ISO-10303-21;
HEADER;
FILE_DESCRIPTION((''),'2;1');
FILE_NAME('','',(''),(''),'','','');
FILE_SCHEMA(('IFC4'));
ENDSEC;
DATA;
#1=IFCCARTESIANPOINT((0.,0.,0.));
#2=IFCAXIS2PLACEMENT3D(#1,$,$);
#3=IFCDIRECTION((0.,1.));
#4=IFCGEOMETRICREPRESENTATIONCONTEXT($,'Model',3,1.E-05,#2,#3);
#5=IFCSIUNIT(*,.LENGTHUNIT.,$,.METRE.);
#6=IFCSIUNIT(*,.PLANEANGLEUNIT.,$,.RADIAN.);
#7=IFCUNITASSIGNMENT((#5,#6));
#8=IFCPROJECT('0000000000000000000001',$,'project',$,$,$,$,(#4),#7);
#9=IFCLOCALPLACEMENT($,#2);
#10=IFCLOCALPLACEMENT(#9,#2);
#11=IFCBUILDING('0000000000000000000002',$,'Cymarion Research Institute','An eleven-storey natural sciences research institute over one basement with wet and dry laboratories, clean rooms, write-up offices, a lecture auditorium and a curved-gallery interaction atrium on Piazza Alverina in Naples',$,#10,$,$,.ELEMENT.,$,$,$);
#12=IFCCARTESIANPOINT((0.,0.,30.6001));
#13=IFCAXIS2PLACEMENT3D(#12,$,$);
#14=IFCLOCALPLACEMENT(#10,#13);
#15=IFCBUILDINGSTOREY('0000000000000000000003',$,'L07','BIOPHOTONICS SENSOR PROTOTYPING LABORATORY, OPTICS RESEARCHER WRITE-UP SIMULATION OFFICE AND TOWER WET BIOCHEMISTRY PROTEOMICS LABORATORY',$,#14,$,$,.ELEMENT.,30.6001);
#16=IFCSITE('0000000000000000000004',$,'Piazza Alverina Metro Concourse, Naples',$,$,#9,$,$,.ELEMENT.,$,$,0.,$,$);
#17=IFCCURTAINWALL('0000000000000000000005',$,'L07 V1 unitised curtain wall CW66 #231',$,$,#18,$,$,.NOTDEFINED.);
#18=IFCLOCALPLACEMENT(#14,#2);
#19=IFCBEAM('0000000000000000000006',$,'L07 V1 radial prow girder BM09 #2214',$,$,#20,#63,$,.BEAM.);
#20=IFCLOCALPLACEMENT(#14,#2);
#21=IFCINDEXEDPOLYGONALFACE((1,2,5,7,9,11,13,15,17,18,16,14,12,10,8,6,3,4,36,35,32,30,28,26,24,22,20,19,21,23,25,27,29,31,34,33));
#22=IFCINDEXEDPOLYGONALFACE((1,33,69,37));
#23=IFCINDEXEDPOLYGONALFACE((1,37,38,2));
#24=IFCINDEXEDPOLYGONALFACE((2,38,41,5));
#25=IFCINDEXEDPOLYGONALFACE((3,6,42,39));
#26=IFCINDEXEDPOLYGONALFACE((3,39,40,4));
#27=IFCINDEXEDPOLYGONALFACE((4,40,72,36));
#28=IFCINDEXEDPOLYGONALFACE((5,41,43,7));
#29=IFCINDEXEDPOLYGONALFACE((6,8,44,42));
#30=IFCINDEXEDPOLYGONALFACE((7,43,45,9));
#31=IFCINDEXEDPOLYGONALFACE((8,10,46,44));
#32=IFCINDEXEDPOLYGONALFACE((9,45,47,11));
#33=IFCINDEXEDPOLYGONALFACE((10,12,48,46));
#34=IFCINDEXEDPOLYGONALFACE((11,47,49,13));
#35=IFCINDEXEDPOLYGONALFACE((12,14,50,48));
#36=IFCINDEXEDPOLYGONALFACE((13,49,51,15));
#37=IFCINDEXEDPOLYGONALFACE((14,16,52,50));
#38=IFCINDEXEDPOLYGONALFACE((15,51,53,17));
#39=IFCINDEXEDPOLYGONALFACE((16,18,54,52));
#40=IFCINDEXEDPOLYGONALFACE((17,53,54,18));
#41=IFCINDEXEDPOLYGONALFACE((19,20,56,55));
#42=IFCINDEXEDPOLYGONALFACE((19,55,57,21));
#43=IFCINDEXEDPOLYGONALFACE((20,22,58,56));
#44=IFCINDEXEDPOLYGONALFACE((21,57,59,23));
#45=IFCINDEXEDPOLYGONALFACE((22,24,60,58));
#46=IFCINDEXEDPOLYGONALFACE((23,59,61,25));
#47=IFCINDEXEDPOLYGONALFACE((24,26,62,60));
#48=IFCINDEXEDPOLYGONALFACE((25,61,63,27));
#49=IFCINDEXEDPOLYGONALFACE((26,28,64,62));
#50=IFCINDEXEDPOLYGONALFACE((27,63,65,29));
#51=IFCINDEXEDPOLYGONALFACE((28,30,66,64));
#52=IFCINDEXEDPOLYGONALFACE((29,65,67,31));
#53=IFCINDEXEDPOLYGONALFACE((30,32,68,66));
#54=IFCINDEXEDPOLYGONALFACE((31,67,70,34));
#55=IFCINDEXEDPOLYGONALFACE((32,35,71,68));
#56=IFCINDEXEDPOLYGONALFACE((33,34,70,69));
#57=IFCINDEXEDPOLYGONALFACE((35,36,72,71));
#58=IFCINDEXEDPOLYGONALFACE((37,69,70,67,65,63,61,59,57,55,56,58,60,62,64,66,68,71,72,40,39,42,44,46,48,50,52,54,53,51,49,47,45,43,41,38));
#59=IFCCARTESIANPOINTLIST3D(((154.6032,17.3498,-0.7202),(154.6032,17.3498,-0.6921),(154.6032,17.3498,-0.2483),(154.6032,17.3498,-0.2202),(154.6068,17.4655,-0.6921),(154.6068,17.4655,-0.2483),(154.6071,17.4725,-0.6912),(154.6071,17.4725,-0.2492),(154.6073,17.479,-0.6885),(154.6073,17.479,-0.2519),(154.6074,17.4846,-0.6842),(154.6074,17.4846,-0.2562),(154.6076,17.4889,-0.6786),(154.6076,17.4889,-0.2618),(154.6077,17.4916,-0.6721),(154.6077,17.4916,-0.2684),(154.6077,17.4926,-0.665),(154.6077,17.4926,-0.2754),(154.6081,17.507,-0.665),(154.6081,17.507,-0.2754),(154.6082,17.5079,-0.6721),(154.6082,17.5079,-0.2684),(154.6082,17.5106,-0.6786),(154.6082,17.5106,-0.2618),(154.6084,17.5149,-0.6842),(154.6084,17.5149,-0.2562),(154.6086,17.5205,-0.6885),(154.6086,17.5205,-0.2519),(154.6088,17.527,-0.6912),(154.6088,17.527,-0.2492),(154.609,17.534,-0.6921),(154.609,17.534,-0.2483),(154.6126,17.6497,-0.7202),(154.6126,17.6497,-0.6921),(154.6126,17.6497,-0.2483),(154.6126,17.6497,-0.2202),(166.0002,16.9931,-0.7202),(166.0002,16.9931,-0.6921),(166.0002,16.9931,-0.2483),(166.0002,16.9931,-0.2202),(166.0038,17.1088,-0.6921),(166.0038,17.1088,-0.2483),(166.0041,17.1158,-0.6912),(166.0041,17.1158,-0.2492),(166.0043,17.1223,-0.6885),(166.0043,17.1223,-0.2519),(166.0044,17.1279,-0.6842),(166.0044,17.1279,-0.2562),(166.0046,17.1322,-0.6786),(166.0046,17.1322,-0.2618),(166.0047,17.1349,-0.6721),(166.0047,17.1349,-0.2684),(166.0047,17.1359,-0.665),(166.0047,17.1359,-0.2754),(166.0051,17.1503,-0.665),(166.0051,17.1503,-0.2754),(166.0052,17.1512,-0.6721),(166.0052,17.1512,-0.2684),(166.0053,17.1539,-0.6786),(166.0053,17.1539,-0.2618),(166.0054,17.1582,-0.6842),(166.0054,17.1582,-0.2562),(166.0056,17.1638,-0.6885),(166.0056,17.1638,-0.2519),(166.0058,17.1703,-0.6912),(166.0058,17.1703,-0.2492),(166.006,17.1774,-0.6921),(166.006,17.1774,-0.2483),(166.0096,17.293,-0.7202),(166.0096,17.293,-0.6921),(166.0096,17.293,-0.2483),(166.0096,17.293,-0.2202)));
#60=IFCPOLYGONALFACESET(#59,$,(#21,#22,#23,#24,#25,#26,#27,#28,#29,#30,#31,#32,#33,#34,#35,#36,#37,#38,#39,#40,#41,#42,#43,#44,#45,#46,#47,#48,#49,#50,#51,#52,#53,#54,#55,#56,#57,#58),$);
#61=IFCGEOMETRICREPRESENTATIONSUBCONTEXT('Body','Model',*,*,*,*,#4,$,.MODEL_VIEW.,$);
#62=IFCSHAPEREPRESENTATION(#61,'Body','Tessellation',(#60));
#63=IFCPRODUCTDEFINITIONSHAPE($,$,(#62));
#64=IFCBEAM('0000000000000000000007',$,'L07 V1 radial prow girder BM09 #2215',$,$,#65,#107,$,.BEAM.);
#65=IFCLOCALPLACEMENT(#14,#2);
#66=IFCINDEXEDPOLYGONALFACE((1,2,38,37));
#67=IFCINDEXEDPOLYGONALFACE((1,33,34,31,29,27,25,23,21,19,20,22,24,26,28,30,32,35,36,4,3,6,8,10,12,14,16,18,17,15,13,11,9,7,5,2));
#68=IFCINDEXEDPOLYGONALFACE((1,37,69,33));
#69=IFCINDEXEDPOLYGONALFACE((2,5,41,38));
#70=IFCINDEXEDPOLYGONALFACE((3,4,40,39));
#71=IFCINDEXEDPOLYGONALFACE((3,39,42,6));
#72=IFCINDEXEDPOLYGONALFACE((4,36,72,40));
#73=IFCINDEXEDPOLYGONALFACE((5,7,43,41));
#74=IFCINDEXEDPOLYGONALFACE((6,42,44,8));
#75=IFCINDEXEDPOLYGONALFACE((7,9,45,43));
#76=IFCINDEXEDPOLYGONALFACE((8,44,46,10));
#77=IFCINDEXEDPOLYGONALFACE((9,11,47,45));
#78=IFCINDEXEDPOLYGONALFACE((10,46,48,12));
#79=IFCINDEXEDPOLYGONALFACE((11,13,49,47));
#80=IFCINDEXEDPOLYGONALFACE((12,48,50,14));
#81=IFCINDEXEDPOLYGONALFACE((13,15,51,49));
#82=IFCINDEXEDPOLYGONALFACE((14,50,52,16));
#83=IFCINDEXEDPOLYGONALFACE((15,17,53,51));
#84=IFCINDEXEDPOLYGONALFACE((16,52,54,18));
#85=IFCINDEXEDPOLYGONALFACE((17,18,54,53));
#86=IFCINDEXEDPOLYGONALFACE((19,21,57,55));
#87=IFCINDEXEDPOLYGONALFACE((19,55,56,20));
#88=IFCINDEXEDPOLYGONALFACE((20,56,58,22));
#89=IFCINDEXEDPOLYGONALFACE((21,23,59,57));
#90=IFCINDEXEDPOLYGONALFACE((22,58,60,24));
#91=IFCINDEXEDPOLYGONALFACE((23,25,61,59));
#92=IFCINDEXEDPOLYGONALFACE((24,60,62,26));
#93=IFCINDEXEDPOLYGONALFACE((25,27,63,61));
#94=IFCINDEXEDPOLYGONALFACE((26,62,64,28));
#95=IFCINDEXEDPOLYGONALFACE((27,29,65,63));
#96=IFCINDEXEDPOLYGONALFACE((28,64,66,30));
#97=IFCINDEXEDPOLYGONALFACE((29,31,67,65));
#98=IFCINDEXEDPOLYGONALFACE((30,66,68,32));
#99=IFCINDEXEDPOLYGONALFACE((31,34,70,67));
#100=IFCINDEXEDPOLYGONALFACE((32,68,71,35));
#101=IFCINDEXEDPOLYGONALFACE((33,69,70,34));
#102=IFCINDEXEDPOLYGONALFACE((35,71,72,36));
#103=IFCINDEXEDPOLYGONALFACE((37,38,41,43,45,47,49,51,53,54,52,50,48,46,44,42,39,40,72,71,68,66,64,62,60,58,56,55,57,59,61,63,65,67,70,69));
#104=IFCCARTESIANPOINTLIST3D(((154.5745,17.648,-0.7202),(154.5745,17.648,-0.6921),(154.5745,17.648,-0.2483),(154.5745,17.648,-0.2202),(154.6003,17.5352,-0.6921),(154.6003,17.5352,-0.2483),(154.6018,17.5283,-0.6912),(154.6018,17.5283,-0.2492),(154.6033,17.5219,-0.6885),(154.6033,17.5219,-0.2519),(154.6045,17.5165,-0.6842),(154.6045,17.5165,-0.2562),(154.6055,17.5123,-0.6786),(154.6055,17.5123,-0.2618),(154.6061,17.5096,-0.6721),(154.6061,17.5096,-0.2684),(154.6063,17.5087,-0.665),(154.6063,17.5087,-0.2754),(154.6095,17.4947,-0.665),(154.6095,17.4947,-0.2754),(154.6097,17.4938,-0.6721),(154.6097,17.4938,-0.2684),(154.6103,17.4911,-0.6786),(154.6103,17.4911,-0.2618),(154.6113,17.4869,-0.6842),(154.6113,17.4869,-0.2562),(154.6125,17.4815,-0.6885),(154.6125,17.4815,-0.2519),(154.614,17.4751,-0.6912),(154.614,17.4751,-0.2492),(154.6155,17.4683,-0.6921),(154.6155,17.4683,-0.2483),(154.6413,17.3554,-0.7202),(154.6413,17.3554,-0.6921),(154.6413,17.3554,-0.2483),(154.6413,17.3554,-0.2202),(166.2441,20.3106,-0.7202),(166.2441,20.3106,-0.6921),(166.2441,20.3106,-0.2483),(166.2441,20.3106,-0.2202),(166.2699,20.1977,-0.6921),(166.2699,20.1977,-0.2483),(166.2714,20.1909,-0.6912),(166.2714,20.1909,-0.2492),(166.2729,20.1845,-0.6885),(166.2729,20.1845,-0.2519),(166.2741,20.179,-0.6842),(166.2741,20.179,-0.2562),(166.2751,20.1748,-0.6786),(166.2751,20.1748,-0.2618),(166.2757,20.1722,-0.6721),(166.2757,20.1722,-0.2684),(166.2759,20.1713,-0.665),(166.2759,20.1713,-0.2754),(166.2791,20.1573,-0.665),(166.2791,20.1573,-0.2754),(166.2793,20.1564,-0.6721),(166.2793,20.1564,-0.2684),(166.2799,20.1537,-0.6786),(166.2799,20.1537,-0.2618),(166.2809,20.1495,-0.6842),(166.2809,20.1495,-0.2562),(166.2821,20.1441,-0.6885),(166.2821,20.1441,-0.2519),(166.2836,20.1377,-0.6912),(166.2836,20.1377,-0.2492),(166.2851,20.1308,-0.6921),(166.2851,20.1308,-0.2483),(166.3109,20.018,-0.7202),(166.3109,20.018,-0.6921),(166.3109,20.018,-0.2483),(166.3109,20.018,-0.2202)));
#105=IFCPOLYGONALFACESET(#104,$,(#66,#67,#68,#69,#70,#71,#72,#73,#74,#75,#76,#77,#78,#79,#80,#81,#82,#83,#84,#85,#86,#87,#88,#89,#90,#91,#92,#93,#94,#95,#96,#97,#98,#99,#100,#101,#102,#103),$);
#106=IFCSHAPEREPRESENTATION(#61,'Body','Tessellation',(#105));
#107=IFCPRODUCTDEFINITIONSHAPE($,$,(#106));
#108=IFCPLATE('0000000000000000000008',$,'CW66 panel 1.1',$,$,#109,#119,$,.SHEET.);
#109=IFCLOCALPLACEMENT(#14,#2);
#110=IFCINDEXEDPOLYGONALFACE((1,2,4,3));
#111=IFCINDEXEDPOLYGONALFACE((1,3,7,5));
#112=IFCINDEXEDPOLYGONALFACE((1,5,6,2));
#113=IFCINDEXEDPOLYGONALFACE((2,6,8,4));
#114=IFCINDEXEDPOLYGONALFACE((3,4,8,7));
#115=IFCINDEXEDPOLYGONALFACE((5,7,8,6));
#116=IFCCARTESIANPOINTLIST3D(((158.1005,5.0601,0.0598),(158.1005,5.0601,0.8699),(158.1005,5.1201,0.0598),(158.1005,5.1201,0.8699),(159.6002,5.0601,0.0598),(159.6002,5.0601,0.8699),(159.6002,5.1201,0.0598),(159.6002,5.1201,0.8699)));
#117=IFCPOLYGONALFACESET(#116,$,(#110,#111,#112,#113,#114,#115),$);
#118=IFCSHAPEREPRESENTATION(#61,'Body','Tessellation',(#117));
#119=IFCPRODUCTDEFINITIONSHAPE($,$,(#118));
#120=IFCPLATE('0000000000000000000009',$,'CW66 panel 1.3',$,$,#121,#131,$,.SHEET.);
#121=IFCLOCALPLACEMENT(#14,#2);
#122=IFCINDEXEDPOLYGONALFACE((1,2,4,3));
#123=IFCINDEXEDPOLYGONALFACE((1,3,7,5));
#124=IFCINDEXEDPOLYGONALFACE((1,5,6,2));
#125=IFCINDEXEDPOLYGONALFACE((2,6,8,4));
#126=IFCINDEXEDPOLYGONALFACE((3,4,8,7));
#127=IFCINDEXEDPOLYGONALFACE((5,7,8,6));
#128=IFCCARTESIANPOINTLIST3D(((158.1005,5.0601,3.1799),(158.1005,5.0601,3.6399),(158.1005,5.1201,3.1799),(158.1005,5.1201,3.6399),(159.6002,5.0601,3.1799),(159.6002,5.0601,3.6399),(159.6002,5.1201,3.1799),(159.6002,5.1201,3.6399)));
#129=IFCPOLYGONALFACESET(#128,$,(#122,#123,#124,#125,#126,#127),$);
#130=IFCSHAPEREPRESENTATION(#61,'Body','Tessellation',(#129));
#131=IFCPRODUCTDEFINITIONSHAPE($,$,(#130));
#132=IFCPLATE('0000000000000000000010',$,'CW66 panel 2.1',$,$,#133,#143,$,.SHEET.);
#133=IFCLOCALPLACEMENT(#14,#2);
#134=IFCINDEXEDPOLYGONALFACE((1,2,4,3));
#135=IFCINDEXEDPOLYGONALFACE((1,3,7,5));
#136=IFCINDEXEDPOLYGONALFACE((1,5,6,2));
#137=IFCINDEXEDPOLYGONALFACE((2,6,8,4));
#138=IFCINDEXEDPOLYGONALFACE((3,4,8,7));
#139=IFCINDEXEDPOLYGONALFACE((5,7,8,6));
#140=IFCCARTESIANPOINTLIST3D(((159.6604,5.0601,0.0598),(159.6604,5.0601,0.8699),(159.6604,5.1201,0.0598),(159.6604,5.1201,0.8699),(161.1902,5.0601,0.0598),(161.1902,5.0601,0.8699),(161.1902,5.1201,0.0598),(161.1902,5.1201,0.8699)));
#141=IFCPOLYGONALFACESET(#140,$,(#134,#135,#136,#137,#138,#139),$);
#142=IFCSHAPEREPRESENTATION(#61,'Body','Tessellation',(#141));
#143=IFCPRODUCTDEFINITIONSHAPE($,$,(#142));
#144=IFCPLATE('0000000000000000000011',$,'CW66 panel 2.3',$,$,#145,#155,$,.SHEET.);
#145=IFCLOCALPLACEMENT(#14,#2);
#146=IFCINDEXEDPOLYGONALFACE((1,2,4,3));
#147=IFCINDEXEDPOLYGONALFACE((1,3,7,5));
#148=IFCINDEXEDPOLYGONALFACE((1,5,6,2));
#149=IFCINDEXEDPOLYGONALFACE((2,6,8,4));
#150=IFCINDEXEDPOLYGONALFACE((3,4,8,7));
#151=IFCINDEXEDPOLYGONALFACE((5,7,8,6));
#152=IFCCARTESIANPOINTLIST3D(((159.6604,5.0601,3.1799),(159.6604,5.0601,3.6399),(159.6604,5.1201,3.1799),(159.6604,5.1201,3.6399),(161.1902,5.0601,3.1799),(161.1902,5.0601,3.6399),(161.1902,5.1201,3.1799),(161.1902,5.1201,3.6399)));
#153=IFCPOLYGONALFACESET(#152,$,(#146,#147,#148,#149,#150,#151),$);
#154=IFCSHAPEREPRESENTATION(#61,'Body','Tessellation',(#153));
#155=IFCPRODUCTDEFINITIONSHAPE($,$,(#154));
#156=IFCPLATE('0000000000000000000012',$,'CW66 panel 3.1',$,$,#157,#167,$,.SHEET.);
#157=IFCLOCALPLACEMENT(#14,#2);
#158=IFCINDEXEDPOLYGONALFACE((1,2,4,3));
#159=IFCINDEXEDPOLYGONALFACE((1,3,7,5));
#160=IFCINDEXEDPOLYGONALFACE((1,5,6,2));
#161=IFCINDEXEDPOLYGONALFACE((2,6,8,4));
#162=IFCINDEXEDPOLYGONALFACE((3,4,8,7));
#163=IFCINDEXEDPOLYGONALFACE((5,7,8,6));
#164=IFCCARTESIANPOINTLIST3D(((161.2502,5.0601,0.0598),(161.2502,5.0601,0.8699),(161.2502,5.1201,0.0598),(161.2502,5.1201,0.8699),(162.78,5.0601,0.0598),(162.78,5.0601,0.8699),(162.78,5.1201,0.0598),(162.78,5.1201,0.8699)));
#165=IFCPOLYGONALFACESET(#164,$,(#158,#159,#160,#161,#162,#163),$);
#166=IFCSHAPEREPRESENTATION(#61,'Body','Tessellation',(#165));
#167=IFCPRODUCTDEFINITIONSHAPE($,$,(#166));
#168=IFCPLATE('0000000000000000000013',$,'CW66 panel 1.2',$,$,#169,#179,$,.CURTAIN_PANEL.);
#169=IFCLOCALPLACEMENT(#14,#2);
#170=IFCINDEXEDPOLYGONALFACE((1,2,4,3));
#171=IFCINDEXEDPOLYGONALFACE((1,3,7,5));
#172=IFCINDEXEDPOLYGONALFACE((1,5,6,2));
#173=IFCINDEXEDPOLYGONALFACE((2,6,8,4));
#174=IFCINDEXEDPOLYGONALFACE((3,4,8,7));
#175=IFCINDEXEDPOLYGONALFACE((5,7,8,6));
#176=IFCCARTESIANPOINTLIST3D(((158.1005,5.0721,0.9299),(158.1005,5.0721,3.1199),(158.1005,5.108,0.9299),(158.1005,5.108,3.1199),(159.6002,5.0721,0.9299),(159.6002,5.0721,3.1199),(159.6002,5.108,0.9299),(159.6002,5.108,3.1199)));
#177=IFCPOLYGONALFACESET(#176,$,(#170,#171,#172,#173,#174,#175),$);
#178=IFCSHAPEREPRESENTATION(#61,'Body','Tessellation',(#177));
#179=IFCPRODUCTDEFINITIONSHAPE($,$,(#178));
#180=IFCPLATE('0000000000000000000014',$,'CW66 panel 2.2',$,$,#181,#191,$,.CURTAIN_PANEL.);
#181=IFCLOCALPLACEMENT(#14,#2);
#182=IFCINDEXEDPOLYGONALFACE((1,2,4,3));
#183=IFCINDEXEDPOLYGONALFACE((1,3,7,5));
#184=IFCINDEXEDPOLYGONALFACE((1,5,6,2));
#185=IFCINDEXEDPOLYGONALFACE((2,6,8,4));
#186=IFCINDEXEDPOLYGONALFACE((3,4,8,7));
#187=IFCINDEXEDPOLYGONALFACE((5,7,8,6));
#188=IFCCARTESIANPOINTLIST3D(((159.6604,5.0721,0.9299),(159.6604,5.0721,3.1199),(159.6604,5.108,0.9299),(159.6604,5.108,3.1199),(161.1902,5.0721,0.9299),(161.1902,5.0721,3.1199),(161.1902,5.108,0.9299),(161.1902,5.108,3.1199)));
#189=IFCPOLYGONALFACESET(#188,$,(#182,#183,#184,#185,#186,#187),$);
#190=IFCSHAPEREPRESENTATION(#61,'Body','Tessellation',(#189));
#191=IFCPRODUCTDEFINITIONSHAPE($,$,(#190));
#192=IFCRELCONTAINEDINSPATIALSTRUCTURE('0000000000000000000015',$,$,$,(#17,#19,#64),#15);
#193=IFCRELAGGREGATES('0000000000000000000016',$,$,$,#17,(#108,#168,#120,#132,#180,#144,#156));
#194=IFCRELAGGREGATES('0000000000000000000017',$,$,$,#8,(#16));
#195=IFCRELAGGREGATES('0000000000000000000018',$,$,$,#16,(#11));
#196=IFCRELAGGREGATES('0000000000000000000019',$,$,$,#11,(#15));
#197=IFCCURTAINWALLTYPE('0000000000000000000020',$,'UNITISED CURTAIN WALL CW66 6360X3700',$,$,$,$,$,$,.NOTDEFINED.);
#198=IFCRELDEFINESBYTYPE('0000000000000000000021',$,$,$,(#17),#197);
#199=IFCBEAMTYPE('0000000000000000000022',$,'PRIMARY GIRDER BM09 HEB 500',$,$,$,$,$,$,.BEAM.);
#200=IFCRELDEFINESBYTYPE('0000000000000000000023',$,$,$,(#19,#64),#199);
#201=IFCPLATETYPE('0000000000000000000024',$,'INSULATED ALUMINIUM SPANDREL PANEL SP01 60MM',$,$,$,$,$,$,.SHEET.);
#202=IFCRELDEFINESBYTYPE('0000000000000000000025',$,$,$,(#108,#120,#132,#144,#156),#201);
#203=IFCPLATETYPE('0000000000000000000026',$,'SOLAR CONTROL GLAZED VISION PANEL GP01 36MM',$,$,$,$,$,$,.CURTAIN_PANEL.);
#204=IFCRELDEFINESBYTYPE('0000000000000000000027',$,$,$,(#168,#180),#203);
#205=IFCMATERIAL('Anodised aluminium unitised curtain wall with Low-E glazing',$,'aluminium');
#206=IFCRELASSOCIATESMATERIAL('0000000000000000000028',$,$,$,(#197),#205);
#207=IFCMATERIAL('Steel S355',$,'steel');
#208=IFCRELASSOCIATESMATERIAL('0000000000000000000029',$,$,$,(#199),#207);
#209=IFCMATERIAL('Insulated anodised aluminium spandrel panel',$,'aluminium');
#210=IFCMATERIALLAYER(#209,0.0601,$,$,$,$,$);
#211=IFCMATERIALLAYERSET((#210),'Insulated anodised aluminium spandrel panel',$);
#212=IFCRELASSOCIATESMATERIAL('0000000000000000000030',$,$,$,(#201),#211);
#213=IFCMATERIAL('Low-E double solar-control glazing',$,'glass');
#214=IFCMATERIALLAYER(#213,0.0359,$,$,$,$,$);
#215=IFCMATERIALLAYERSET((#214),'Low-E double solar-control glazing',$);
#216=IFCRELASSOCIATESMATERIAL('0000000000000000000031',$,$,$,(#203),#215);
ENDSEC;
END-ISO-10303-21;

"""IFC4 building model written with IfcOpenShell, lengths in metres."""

from ifc_helpers import new_model, si_unit, direction, frame, origin, origin_2d, place, context, subcontext, project, spatial, rectangle, i_section, extrude, material, layer, layer_set, material_profile, profile_set, type_object, element, aggregate, save


model = new_model("IFC4")

# Units and contexts
model_context = context("Model", 3, precision=1e-05, world=origin(), true_north=direction((0.0, 1.0)))
body_context = subcontext(model_context, "Body", "Model", "MODEL_VIEW")
ifc_project = project(units=[si_unit("LENGTHUNIT", "METRE"), si_unit("PLANEANGLEUNIT", "RADIAN")], contexts=[model_context])

# Site, building, storey
site_placement = place(None, origin())
site = spatial("IfcSite", under=ifc_project, at=site_placement, Name="Piazza Alverina Metro Concourse, Naples", CompositionType="ELEMENT", RefElevation=0.0)
building_placement = place(site_placement, origin())
building = spatial("IfcBuilding", under=site, at=building_placement, Name="Cymarion Research Institute", Description="An eleven-storey natural sciences research institute over one basement with wet and dry laboratories, clean rooms, write-up offices, a lecture auditorium and a curved-gallery interaction atrium on Piazza Alverina in Naples", CompositionType="ELEMENT")
storey_placement = place(building_placement, frame((0.0, 0.0, 30.6001)))
storey = spatial("IfcBuildingStorey", under=building, at=storey_placement, Name="L07", Description="BIOPHOTONICS SENSOR PROTOTYPING LABORATORY, OPTICS RESEARCHER WRITE-UP SIMULATION OFFICE AND TOWER WET BIOCHEMISTRY PROTEOMICS LABORATORY", CompositionType="ELEMENT", Elevation=30.6001)

# Shared definitions
ifc_material_1 = material(Name="Steel S355", Category="steel")

# Curtain wall
ifc_material_2 = material(Name="Anodised aluminium unitised curtain wall with Low-E glazing", Category="aluminium")
curtain_wall_type = type_object("IfcCurtainWallType", Name="UNITISED CURTAIN WALL CW66 6360X3700", PredefinedType="NOTDEFINED", material=ifc_material_2)
curtain_wall_placement = place(storey_placement, origin())
curtain_wall = element("IfcCurtainWall", 1, at=curtain_wall_placement, inside=storey, type_object=curtain_wall_type, Name="L07 V1 unitised curtain wall CW66 #231", PredefinedType="NOTDEFINED")

# Beams
ifc_material_profile_1 = material_profile(ifc_material_1, i_section(OverallWidth=0.3, OverallDepth=0.5, WebThickness=0.0144, FlangeThickness=0.0281, FilletRadius=0.0271, at=origin_2d()), Name="HEB 500")
ifc_profile_set_1 = profile_set([ifc_material_profile_1], Name="Steel S355")
beam_type_1 = type_object("IfcBeamType", Name="PRIMARY GIRDER BM09 HEB 500", PredefinedType="BEAM", material=ifc_profile_set_1)
beam_1_placement = place(storey_placement, frame((154.6079, 17.4998, -0.4702), z_axis=(0.999511, -0.031282, 0.0), x_axis=(0.031282, 0.999511, 0.0)))
element("IfcBeam", 2, at=beam_1_placement, inside=storey, type_object=beam_type_1, Name="L07 V1 radial prow girder BM09 #2214", PredefinedType="BEAM", context=body_context, shape_type="SweptSolid", body=[
    extrude(i_section(OverallWidth=0.3, OverallDepth=0.5, WebThickness=0.0144, FlangeThickness=0.0281, FilletRadius=0.0271, at=origin_2d()), origin(), (0.0, 0.0, 1.0), 11.4026),
])
beam_2_placement = place(storey_placement, frame((154.6079, 17.5017, -0.4702), z_axis=(0.974945, 0.222447, 0.0), x_axis=(-0.222447, 0.974945, 0.0)))
element("IfcBeam", 3, at=beam_2_placement, inside=storey, type_object=beam_type_1, Name="L07 V1 radial prow girder BM09 #2215", PredefinedType="BEAM", context=body_context, shape_type="SweptSolid", body=[
    extrude(i_section(OverallWidth=0.3, OverallDepth=0.5, WebThickness=0.0144, FlangeThickness=0.0281, FilletRadius=0.0271, at=origin_2d()), origin(), (0.0, 0.0, 1.0), 11.9695),
])

# Plates
ifc_material_3 = material(Name="Insulated anodised aluminium spandrel panel", Category="aluminium")
ifc_layer_1 = layer(ifc_material_3, 0.0601)
ifc_layer_set_1 = layer_set([ifc_layer_1], Name="Insulated anodised aluminium spandrel panel")
plate_type_1 = type_object("IfcPlateType", Name="INSULATED ALUMINIUM SPANDREL PANEL SP01 60MM", PredefinedType="SHEET", material=ifc_layer_set_1)
plate_1_placement = place(storey_placement, frame((158.8503, 5.0901, 0.0598), z_axis=(0.0, 0.0, 1.0), x_axis=(1.0, 0.0, 0.0)))
plate_1 = element("IfcPlate", 4, at=plate_1_placement, type_object=plate_type_1, Name="CW66 panel 1.1", PredefinedType="SHEET", context=body_context, shape_type="SweptSolid", body=[
    extrude(rectangle(XDim=1.4998, YDim=0.0601, at=origin_2d()), origin(), (0.0, 0.0, 1.0), 0.8101),
])
plate_2_placement = place(storey_placement, frame((158.8503, 5.0901, 3.1799), z_axis=(0.0, 0.0, 1.0), x_axis=(1.0, 0.0, 0.0)))
plate_2 = element("IfcPlate", 5, at=plate_2_placement, type_object=plate_type_1, Name="CW66 panel 1.3", PredefinedType="SHEET", context=body_context, shape_type="SweptSolid", body=[
    extrude(rectangle(XDim=1.4998, YDim=0.0601, at=origin_2d()), origin(), (0.0, 0.0, 1.0), 0.46),
])
plate_3_placement = place(storey_placement, frame((160.4253, 5.0901, 0.0598), z_axis=(0.0, 0.0, 1.0), x_axis=(1.0, 0.0, 0.0)))
plate_3 = element("IfcPlate", 6, at=plate_3_placement, type_object=plate_type_1, Name="CW66 panel 2.1", PredefinedType="SHEET", context=body_context, shape_type="SweptSolid", body=[
    extrude(rectangle(XDim=1.5298, YDim=0.0601, at=origin_2d()), origin(), (0.0, 0.0, 1.0), 0.8101),
])
plate_4_placement = place(storey_placement, frame((160.4253, 5.0901, 3.1799), z_axis=(0.0, 0.0, 1.0), x_axis=(1.0, 0.0, 0.0)))
plate_4 = element("IfcPlate", 7, at=plate_4_placement, type_object=plate_type_1, Name="CW66 panel 2.3", PredefinedType="SHEET", context=body_context, shape_type="SweptSolid", body=[
    extrude(rectangle(XDim=1.5298, YDim=0.0601, at=origin_2d()), origin(), (0.0, 0.0, 1.0), 0.46),
])
plate_5_placement = place(storey_placement, frame((162.0151, 5.0901, 0.0598), z_axis=(0.0, 0.0, 1.0), x_axis=(1.0, 0.0, 0.0)))
plate_5 = element("IfcPlate", 8, at=plate_5_placement, type_object=plate_type_1, Name="CW66 panel 3.1", PredefinedType="SHEET", context=body_context, shape_type="SweptSolid", body=[
    extrude(rectangle(XDim=1.5298, YDim=0.0601, at=origin_2d()), origin(), (0.0, 0.0, 1.0), 0.8101),
])
ifc_material_4 = material(Name="Low-E double solar-control glazing", Category="glass")
ifc_layer_2 = layer(ifc_material_4, 0.0359)
ifc_layer_set_2 = layer_set([ifc_layer_2], Name="Low-E double solar-control glazing")
plate_type_2 = type_object("IfcPlateType", Name="SOLAR CONTROL GLAZED VISION PANEL GP01 36MM", PredefinedType="CURTAIN_PANEL", material=ifc_layer_set_2)
plate_6_placement = place(storey_placement, frame((158.8503, 5.0901, 0.9299), z_axis=(0.0, 0.0, 1.0), x_axis=(1.0, 0.0, 0.0)))
plate_6 = element("IfcPlate", 9, at=plate_6_placement, type_object=plate_type_2, Name="CW66 panel 1.2", PredefinedType="CURTAIN_PANEL", context=body_context, shape_type="SweptSolid", body=[
    extrude(rectangle(XDim=1.4998, YDim=0.0359, at=origin_2d()), origin(), (0.0, 0.0, 1.0), 2.1899),
])
plate_7_placement = place(storey_placement, frame((160.4253, 5.0901, 0.9299), z_axis=(0.0, 0.0, 1.0), x_axis=(1.0, 0.0, 0.0)))
plate_7 = element("IfcPlate", 10, at=plate_7_placement, type_object=plate_type_2, Name="CW66 panel 2.2", PredefinedType="CURTAIN_PANEL", context=body_context, shape_type="SweptSolid", body=[
    extrude(rectangle(XDim=1.5298, YDim=0.0359, at=origin_2d()), origin(), (0.0, 0.0, 1.0), 2.1899),
])
aggregate(curtain_wall, [plate_1, plate_6, plate_2, plate_3, plate_7, plate_4, plate_5])

save(model, "model.ifc")
